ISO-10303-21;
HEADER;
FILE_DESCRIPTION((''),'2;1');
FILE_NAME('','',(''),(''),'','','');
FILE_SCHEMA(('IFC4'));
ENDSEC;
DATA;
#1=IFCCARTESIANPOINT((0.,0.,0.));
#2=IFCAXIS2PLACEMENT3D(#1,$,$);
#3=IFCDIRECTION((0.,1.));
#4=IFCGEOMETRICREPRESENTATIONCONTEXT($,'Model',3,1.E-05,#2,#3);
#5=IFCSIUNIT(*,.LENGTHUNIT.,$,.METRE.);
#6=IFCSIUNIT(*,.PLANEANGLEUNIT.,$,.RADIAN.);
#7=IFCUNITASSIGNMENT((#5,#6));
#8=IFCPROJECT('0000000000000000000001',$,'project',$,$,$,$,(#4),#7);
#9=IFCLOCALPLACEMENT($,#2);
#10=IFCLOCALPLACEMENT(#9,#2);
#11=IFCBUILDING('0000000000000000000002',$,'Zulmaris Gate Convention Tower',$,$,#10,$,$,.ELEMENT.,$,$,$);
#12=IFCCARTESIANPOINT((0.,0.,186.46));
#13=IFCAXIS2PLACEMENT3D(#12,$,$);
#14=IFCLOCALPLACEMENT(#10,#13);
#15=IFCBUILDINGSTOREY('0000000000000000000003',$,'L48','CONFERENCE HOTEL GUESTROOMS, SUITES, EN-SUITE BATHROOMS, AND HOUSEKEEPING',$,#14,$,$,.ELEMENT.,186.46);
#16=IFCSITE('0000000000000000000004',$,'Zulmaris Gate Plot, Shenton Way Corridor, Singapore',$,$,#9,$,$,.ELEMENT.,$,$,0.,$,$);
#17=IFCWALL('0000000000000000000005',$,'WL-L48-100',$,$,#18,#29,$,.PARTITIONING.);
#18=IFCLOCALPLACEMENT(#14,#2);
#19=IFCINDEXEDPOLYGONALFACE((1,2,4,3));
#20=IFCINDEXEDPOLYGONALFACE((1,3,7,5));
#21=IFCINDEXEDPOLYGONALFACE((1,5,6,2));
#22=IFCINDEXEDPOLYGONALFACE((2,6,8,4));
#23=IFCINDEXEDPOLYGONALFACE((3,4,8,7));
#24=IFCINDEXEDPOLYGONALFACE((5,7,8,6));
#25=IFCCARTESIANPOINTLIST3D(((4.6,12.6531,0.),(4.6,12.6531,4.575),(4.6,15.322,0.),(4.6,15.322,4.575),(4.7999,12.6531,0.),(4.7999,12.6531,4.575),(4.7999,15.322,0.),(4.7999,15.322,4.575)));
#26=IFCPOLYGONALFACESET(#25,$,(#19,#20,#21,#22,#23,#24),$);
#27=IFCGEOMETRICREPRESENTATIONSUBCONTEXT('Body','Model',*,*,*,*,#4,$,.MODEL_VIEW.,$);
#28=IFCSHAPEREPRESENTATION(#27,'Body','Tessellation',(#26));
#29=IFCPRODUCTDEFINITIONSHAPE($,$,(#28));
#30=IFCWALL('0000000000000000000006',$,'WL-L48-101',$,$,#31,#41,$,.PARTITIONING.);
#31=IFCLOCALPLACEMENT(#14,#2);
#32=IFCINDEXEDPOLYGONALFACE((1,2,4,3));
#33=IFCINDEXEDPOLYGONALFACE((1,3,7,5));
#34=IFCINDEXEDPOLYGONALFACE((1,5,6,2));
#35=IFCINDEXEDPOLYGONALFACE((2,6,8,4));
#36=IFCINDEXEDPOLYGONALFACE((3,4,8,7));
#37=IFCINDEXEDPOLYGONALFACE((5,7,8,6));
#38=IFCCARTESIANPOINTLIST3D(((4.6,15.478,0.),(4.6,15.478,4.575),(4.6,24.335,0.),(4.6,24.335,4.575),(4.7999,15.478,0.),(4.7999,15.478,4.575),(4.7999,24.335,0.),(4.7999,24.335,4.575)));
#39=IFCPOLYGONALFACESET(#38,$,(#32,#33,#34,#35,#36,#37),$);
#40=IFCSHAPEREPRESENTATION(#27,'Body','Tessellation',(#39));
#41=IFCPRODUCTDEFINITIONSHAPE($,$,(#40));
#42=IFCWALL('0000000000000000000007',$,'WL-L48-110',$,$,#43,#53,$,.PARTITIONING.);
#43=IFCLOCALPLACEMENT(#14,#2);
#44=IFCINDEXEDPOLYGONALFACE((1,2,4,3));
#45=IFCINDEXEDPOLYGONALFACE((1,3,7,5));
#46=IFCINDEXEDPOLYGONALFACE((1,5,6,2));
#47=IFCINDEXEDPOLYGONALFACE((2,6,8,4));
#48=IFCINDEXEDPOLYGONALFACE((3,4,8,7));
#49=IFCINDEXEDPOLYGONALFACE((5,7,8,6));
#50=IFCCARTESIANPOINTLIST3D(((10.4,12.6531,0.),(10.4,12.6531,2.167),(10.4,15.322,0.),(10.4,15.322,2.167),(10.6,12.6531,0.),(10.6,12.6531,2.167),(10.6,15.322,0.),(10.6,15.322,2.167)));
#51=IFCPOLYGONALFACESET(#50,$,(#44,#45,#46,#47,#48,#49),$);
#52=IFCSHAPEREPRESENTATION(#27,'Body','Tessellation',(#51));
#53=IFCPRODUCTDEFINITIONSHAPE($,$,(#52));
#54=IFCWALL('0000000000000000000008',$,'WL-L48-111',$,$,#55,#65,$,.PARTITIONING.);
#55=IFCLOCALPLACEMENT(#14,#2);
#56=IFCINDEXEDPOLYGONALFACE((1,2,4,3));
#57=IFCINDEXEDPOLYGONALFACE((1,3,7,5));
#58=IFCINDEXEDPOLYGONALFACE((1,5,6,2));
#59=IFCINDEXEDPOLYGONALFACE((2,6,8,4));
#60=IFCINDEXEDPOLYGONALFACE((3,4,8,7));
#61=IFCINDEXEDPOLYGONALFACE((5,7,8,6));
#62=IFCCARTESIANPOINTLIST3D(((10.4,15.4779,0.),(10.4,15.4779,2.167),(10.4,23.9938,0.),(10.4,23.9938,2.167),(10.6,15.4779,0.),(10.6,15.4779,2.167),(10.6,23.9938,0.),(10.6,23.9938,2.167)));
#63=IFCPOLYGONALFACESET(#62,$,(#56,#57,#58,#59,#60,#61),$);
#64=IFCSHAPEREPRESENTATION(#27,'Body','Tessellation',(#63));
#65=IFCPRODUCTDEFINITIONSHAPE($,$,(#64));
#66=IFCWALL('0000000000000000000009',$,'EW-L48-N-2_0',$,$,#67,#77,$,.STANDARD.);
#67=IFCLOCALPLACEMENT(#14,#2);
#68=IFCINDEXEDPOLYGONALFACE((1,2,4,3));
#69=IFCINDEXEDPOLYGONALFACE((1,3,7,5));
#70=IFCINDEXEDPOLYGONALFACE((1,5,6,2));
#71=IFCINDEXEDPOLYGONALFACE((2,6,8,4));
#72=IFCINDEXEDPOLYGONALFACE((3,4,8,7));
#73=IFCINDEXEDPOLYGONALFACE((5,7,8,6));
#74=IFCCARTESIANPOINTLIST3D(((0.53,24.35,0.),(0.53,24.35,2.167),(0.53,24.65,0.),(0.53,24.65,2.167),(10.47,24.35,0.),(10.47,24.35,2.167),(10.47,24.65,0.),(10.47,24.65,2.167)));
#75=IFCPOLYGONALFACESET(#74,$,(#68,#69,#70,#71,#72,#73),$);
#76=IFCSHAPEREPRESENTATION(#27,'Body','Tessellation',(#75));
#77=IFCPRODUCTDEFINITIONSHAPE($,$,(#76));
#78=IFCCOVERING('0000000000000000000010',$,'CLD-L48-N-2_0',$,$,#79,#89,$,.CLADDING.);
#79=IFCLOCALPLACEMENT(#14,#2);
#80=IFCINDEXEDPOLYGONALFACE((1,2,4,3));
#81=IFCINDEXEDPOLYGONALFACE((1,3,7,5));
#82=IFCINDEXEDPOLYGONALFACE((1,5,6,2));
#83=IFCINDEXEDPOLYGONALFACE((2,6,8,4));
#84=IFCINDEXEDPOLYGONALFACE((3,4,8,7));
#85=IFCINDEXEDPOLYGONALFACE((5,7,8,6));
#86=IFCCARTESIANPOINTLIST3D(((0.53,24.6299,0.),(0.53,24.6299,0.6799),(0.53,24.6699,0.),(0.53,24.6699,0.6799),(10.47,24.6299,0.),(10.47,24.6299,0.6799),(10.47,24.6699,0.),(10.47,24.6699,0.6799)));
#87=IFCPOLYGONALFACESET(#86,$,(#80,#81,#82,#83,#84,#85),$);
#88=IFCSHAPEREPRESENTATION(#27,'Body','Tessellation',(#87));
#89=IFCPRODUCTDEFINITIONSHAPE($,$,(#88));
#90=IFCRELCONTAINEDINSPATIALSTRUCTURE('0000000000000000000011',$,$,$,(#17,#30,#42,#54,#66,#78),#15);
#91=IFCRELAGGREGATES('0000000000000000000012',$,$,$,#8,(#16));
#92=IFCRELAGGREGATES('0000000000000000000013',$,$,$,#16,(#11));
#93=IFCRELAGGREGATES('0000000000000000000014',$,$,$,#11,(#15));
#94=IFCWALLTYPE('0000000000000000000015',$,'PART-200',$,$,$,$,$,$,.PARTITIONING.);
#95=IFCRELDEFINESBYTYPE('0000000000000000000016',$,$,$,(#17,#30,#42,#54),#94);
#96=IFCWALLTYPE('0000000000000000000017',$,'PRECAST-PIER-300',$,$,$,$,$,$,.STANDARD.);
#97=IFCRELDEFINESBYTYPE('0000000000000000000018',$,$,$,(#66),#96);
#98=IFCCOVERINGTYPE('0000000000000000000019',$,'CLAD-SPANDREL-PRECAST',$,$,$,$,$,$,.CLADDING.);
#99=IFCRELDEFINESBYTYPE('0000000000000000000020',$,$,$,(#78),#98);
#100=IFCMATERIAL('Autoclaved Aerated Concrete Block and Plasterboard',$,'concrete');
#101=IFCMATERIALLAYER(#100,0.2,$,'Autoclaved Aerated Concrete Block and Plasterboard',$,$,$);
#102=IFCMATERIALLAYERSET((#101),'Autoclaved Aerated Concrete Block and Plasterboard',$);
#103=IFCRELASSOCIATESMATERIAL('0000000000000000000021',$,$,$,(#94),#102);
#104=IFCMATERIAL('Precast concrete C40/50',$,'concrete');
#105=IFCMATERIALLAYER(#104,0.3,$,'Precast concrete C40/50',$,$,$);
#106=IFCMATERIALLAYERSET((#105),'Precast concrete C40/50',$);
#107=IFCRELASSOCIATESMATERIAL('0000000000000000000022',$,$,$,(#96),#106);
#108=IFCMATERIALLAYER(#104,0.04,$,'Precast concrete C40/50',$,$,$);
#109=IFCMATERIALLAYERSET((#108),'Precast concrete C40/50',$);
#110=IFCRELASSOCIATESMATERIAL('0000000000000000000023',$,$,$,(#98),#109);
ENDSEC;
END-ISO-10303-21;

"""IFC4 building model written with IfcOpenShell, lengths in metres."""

from ifc_helpers import new_model, si_unit, direction, frame, frame_2d, origin, place, context, subcontext, project, spatial, rectangle, extrude, material, layer, layer_set, type_object, element, save


model = new_model("IFC4")

# Units and contexts
model_context = context("Model", 3, precision=1e-05, world=origin(), true_north=direction((0.0, 1.0)))
body_context = subcontext(model_context, "Body", "Model", "MODEL_VIEW")
ifc_project = project(units=[si_unit("LENGTHUNIT", "METRE"), si_unit("PLANEANGLEUNIT", "RADIAN")], contexts=[model_context])

# Site, building, storey
site_placement = place(None, origin())
site = spatial("IfcSite", under=ifc_project, at=site_placement, Name="Zulmaris Gate Plot, Shenton Way Corridor, Singapore", CompositionType="ELEMENT", RefElevation=0.0)
building_placement = place(site_placement, origin())
building = spatial("IfcBuilding", under=site, at=building_placement, Name="Zulmaris Gate Convention Tower", CompositionType="ELEMENT")
storey_placement = place(building_placement, frame((0.0, 0.0, 186.46)))
storey = spatial("IfcBuildingStorey", under=building, at=storey_placement, Name="L48", Description="CONFERENCE HOTEL GUESTROOMS, SUITES, EN-SUITE BATHROOMS, AND HOUSEKEEPING", CompositionType="ELEMENT", Elevation=186.46)

# Walls
ifc_material_1 = material(Name="Autoclaved Aerated Concrete Block and Plasterboard", Category="concrete")
ifc_layer_1 = layer(ifc_material_1, 0.2, Name="Autoclaved Aerated Concrete Block and Plasterboard")
ifc_layer_set_1 = layer_set([ifc_layer_1], Name="Autoclaved Aerated Concrete Block and Plasterboard")
wall_type_1 = type_object("IfcWallType", Name="PART-200", PredefinedType="PARTITIONING", material=ifc_layer_set_1)
wall_1_placement = place(storey_placement, frame((4.7, 12.6531, 0.0), z_axis=(0.0, 0.0, 1.0), x_axis=(0.0, 1.0, 0.0)))
element("IfcWall", 1, at=wall_1_placement, inside=storey, type_object=wall_type_1, Name="WL-L48-100", PredefinedType="PARTITIONING", context=body_context, shape_type="SweptSolid", body=[
    extrude(rectangle(XDim=2.6689, YDim=0.2, at=frame_2d((1.3345, 0.0))), origin(), (0.0, 0.0, 1.0), 4.575),
])
wall_2_placement = place(storey_placement, frame((4.7, 15.478, 0.0), z_axis=(0.0, 0.0, 1.0), x_axis=(0.0, 1.0, 0.0)))
element("IfcWall", 2, at=wall_2_placement, inside=storey, type_object=wall_type_1, Name="WL-L48-101", PredefinedType="PARTITIONING", context=body_context, shape_type="SweptSolid", body=[
    extrude(rectangle(XDim=8.8569, YDim=0.2, at=frame_2d((4.4285, 0.0))), origin(), (0.0, 0.0, 1.0), 4.575),
])
wall_3_placement = place(storey_placement, frame((10.5, 12.6531, 0.0), z_axis=(0.0, 0.0, 1.0), x_axis=(0.0, 1.0, 0.0)))
element("IfcWall", 3, at=wall_3_placement, inside=storey, type_object=wall_type_1, Name="WL-L48-110", PredefinedType="PARTITIONING", context=body_context, shape_type="SweptSolid", body=[
    extrude(rectangle(XDim=2.6689, YDim=0.2, at=frame_2d((1.3345, 0.0))), origin(), (0.0, 0.0, 1.0), 2.167),
])
wall_4_placement = place(storey_placement, frame((10.5, 15.478, 0.0), z_axis=(0.0, 0.0, 1.0), x_axis=(0.0, 1.0, 0.0)))
element("IfcWall", 4, at=wall_4_placement, inside=storey, type_object=wall_type_1, Name="WL-L48-111", PredefinedType="PARTITIONING", context=body_context, shape_type="SweptSolid", body=[
    extrude(rectangle(XDim=8.5159, YDim=0.2, at=frame_2d((4.2578, 0.0))), origin(), (0.0, 0.0, 1.0), 2.167),
])
ifc_material_2 = material(Name="Precast concrete C40/50", Category="concrete")
ifc_layer_2 = layer(ifc_material_2, 0.3, Name="Precast concrete C40/50")
ifc_layer_set_2 = layer_set([ifc_layer_2], Name="Precast concrete C40/50")
wall_type_2 = type_object("IfcWallType", Name="PRECAST-PIER-300", PredefinedType="STANDARD", material=ifc_layer_set_2)
wall_5_placement = place(storey_placement, frame((10.47, 24.5, 0.0), z_axis=(0.0, 0.0, 1.0), x_axis=(-1.0, 0.0, 0.0)))
element("IfcWall", 5, at=wall_5_placement, inside=storey, type_object=wall_type_2, Name="EW-L48-N-2_0", PredefinedType="STANDARD", context=body_context, shape_type="SweptSolid", body=[
    extrude(rectangle(XDim=9.9399, YDim=0.3, at=frame_2d((4.97, 0.0))), origin(), (0.0, 0.0, 1.0), 2.167),
])

# Covering
ifc_layer_3 = layer(ifc_material_2, 0.04, Name="Precast concrete C40/50")
ifc_layer_set_3 = layer_set([ifc_layer_3], Name="Precast concrete C40/50")
covering_type = type_object("IfcCoveringType", Name="CLAD-SPANDREL-PRECAST", PredefinedType="CLADDING", material=ifc_layer_set_3)
covering_placement = place(storey_placement, frame((10.47, 24.6499, 0.0), z_axis=(0.0, 0.0, 1.0), x_axis=(-1.0, 0.0, 0.0)))
element("IfcCovering", 6, at=covering_placement, inside=storey, type_object=covering_type, Name="CLD-L48-N-2_0", PredefinedType="CLADDING", context=body_context, shape_type="SweptSolid", body=[
    extrude(rectangle(XDim=9.9399, YDim=0.04, at=frame_2d((4.97, 0.0))), origin(), (0.0, 0.0, 1.0), 0.6799),
])

save(model, "model.ifc")
